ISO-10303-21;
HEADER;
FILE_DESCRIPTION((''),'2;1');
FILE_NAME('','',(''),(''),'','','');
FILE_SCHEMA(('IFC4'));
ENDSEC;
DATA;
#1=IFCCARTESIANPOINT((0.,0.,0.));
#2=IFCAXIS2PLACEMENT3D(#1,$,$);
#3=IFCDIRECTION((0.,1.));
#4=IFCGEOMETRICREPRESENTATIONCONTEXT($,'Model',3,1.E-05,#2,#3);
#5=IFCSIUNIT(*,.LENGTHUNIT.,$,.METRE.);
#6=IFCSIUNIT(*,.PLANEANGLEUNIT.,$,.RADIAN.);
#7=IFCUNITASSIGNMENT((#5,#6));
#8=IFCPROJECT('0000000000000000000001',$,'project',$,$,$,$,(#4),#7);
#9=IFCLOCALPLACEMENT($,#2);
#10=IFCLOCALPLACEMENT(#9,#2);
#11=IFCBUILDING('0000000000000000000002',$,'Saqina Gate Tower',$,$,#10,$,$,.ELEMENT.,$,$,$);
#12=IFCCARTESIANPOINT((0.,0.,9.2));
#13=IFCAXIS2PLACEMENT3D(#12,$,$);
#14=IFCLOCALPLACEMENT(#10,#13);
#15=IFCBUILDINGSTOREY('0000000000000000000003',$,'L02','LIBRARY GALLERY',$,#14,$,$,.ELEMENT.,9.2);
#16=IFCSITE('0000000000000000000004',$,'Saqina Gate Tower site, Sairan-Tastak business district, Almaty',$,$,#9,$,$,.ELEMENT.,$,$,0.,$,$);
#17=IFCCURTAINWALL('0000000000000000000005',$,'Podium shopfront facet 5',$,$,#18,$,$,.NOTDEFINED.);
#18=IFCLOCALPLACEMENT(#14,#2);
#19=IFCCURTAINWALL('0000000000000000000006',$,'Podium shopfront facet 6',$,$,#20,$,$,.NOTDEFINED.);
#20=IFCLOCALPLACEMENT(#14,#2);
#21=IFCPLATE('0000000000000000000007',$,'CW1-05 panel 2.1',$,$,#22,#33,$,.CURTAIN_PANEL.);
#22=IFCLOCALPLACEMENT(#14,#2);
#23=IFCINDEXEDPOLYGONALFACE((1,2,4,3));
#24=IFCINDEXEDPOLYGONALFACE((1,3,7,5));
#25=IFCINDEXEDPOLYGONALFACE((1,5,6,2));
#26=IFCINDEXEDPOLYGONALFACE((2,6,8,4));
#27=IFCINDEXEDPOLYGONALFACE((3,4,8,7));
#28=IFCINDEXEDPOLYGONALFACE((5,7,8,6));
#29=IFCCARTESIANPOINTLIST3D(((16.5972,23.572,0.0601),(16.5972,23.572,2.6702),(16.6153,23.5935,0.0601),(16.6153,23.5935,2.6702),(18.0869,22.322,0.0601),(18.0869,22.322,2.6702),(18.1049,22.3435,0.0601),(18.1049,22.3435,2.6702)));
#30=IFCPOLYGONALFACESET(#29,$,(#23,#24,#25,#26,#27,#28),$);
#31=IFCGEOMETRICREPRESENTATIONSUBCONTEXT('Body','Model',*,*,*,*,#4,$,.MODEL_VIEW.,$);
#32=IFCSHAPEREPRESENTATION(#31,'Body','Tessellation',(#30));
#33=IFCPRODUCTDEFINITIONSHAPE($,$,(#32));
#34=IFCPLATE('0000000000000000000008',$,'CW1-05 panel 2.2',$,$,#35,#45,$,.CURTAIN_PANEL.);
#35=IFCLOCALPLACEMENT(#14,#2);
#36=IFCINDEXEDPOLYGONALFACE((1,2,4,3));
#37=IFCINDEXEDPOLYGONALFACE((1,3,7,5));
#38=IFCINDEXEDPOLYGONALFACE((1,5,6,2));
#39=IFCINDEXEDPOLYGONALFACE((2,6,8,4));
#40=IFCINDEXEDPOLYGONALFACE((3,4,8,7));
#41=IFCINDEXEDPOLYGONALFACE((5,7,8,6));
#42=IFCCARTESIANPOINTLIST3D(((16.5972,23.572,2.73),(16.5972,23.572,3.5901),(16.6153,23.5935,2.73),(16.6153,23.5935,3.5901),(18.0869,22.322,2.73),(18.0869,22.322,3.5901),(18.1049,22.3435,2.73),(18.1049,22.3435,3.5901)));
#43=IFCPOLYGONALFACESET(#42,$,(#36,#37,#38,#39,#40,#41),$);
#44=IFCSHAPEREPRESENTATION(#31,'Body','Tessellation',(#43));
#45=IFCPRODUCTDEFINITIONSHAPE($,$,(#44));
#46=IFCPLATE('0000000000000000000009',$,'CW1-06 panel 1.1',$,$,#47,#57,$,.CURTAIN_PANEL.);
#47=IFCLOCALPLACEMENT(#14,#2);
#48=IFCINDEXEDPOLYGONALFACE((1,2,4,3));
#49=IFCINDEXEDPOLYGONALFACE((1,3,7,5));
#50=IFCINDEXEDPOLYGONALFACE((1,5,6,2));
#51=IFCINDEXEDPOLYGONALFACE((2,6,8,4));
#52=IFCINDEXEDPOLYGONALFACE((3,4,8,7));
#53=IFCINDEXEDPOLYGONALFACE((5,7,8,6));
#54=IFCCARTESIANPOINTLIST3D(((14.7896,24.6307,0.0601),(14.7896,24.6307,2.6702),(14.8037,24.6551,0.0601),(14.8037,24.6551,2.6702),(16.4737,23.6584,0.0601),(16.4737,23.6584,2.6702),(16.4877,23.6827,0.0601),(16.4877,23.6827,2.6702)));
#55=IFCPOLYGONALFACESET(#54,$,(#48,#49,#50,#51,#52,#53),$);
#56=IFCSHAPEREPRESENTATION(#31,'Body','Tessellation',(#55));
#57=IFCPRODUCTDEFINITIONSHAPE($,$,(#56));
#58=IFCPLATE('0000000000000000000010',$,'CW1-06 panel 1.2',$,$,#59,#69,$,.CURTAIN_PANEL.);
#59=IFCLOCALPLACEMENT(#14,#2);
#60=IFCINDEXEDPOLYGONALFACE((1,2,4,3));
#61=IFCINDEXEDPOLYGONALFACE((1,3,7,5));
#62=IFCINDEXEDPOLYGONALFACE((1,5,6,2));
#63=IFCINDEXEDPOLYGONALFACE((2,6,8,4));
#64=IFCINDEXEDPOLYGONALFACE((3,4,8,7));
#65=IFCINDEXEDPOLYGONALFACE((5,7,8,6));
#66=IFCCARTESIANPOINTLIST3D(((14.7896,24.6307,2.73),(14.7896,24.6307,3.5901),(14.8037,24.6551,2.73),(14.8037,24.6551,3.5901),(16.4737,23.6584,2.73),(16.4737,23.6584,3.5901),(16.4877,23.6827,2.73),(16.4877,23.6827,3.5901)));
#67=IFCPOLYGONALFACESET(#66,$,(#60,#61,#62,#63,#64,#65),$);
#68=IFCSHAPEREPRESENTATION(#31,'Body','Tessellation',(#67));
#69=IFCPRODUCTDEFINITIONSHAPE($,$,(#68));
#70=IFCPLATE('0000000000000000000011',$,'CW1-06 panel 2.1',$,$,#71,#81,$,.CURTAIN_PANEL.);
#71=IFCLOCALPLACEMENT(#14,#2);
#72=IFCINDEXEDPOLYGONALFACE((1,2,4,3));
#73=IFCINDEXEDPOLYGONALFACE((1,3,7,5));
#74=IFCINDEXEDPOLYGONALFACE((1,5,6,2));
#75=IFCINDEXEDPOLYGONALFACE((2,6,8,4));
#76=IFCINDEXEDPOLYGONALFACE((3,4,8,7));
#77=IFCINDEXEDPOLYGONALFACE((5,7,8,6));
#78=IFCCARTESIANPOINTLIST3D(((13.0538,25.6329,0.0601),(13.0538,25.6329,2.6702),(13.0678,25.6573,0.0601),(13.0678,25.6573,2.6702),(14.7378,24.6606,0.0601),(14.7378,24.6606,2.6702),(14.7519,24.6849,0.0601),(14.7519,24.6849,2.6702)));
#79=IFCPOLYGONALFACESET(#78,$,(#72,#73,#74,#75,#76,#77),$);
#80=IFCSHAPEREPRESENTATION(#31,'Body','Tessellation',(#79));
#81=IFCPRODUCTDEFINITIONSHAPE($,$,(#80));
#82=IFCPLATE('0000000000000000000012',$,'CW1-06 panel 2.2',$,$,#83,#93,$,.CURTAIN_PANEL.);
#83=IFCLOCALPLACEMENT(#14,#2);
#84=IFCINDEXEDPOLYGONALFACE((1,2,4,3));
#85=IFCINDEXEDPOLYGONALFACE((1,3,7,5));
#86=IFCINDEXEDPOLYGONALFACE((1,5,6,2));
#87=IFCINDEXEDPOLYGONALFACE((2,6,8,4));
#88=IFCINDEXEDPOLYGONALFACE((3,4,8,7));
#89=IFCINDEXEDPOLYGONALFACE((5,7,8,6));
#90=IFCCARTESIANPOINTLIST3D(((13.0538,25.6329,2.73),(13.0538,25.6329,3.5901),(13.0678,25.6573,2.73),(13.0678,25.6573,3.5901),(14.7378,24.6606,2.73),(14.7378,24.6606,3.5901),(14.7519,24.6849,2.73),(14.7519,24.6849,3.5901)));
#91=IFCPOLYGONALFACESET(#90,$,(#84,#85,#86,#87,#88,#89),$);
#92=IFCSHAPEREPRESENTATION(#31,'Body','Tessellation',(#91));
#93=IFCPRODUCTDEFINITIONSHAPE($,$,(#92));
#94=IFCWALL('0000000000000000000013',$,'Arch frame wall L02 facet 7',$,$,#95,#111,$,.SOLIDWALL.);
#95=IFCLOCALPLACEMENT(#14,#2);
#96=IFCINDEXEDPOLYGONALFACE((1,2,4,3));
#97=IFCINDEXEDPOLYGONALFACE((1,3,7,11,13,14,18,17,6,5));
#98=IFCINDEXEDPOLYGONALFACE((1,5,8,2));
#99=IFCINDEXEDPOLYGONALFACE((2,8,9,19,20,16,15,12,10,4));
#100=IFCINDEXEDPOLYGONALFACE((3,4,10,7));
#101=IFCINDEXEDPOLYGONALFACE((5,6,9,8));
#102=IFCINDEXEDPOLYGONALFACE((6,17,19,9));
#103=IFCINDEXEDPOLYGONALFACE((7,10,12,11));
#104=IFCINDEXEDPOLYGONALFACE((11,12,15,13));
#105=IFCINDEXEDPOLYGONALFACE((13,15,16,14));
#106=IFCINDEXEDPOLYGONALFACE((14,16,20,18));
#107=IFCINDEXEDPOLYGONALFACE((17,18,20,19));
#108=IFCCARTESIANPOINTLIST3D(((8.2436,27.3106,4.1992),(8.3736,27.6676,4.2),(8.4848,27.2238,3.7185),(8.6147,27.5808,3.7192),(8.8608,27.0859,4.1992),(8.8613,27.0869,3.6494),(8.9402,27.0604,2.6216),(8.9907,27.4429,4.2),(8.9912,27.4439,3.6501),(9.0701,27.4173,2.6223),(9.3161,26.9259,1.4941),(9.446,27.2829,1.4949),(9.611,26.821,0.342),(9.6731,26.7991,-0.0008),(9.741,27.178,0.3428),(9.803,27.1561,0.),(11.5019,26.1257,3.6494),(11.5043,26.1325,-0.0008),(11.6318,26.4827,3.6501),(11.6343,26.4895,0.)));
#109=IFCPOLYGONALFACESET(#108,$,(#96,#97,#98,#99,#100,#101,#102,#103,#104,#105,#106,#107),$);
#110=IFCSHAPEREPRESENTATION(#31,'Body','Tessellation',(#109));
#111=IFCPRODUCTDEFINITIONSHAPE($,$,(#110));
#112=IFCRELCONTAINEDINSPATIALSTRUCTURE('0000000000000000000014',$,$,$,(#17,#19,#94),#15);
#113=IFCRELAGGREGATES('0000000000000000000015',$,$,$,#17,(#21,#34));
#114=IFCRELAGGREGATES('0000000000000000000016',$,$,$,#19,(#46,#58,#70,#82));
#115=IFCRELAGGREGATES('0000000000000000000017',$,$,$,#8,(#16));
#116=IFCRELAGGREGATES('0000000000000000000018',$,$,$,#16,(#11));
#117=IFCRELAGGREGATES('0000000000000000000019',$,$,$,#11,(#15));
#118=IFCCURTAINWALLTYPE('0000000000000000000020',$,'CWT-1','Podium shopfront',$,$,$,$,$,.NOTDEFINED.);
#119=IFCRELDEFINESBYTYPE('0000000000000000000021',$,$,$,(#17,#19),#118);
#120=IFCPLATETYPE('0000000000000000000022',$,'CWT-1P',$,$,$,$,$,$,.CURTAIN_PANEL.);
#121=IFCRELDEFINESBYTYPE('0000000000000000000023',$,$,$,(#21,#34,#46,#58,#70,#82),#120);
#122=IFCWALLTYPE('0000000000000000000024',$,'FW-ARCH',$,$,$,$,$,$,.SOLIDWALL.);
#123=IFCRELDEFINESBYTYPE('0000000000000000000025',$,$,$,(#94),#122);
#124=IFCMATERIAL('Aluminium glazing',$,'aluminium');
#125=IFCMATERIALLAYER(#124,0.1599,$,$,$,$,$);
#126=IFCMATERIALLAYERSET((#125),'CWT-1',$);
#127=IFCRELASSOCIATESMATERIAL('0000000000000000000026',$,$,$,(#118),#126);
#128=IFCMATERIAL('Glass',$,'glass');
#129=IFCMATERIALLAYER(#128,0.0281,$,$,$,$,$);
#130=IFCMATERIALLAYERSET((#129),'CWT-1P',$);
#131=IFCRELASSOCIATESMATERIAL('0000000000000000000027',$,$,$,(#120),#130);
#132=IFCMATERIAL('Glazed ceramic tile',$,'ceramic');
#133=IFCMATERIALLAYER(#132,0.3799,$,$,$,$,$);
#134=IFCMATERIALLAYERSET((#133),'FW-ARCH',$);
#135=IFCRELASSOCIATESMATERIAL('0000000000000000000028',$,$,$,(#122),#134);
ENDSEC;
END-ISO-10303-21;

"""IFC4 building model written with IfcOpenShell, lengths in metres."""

from ifc_helpers import new_model, si_unit, direction, frame, origin, origin_2d, place, context, subcontext, project, spatial, polyline, rectangle, outline, extrude, material, layer, layer_set, type_object, element, aggregate, save


model = new_model("IFC4")

# Units and contexts
model_context = context("Model", 3, precision=1e-05, world=origin(), true_north=direction((0.0, 1.0)))
body_context = subcontext(model_context, "Body", "Model", "MODEL_VIEW")
ifc_project = project(units=[si_unit("LENGTHUNIT", "METRE"), si_unit("PLANEANGLEUNIT", "RADIAN")], contexts=[model_context])

# Site, building, storey
site_placement = place(None, origin())
site = spatial("IfcSite", under=ifc_project, at=site_placement, Name="Saqina Gate Tower site, Sairan-Tastak business district, Almaty", CompositionType="ELEMENT", RefElevation=0.0)
building_placement = place(site_placement, origin())
building = spatial("IfcBuilding", under=site, at=building_placement, Name="Saqina Gate Tower", CompositionType="ELEMENT")
storey_placement = place(building_placement, frame((0.0, 0.0, 9.2)))
storey = spatial("IfcBuildingStorey", under=building, at=storey_placement, Name="L02", Description="LIBRARY GALLERY", CompositionType="ELEMENT", Elevation=9.2)

# Curtain wall
ifc_material_1 = material(Name="Aluminium glazing", Category="aluminium")
ifc_layer_1 = layer(ifc_material_1, 0.1599)
ifc_layer_set_1 = layer_set([ifc_layer_1], Name="CWT-1")
curtain_wall_type = type_object("IfcCurtainWallType", Name="CWT-1", Description="Podium shopfront", PredefinedType="NOTDEFINED", material=ifc_layer_set_1)
curtain_wall_1_placement = place(storey_placement, origin())
curtain_wall_1 = element("IfcCurtainWall", 1, at=curtain_wall_1_placement, inside=storey, type_object=curtain_wall_type, Name="Podium shopfront facet 5", PredefinedType="NOTDEFINED")

# Curtain wall
curtain_wall_2_placement = place(storey_placement, origin())
curtain_wall_2 = element("IfcCurtainWall", 2, at=curtain_wall_2_placement, inside=storey, type_object=curtain_wall_type, Name="Podium shopfront facet 6", PredefinedType="NOTDEFINED")

# Plates
ifc_material_2 = material(Name="Glass", Category="glass")
ifc_layer_2 = layer(ifc_material_2, 0.0281)
ifc_layer_set_2 = layer_set([ifc_layer_2], Name="CWT-1P")
plate_type = type_object("IfcPlateType", Name="CWT-1P", PredefinedType="CURTAIN_PANEL", material=ifc_layer_set_2)
plate_1_placement = place(storey_placement, frame((17.3511, 22.9578, 0.0601), z_axis=(0.0, 0.0, 1.0), x_axis=(-0.766051, 0.642779, 0.0)))
plate_1 = element("IfcPlate", 3, at=plate_1_placement, type_object=plate_type, Name="CW1-05 panel 2.1", PredefinedType="CURTAIN_PANEL", context=body_context, shape_type="SweptSolid", body=[
    extrude(rectangle(XDim=1.9446, YDim=0.0281, at=origin_2d()), origin(), (0.0, 0.0, 1.0), 2.6101),
])
plate_2_placement = place(storey_placement, frame((17.3511, 22.9578, 2.73), z_axis=(0.0, 0.0, 1.0), x_axis=(-0.766051, 0.642779, 0.0)))
plate_2 = element("IfcPlate", 4, at=plate_2_placement, type_object=plate_type, Name="CW1-05 panel 2.2", PredefinedType="CURTAIN_PANEL", context=body_context, shape_type="SweptSolid", body=[
    extrude(rectangle(XDim=1.9446, YDim=0.0281, at=origin_2d()), origin(), (0.0, 0.0, 1.0), 0.8601),
])
aggregate(curtain_wall_1, [plate_1, plate_2])
plate_3_placement = place(storey_placement, frame((15.6387, 24.1567, 0.0601), z_axis=(0.0, 0.0, 1.0), x_axis=(-0.866017, 0.500014, 0.0)))
plate_3 = element("IfcPlate", 5, at=plate_3_placement, type_object=plate_type, Name="CW1-06 panel 1.1", PredefinedType="CURTAIN_PANEL", context=body_context, shape_type="SweptSolid", body=[
    extrude(rectangle(XDim=1.9446, YDim=0.0281, at=origin_2d()), origin(), (0.0, 0.0, 1.0), 2.6101),
])
plate_4_placement = place(storey_placement, frame((15.6387, 24.1567, 2.73), z_axis=(0.0, 0.0, 1.0), x_axis=(-0.866017, 0.500014, 0.0)))
plate_4 = element("IfcPlate", 6, at=plate_4_placement, type_object=plate_type, Name="CW1-06 panel 1.2", PredefinedType="CURTAIN_PANEL", context=body_context, shape_type="SweptSolid", body=[
    extrude(rectangle(XDim=1.9446, YDim=0.0281, at=origin_2d()), origin(), (0.0, 0.0, 1.0), 0.8601),
])
plate_5_placement = place(storey_placement, frame((13.9028, 25.1589, 0.0601), z_axis=(0.0, 0.0, 1.0), x_axis=(-0.866017, 0.500014, 0.0)))
plate_5 = element("IfcPlate", 7, at=plate_5_placement, type_object=plate_type, Name="CW1-06 panel 2.1", PredefinedType="CURTAIN_PANEL", context=body_context, shape_type="SweptSolid", body=[
    extrude(rectangle(XDim=1.9446, YDim=0.0281, at=origin_2d()), origin(), (0.0, 0.0, 1.0), 2.6101),
])
plate_6_placement = place(storey_placement, frame((13.9028, 25.1589, 2.73), z_axis=(0.0, 0.0, 1.0), x_axis=(-0.866017, 0.500014, 0.0)))
plate_6 = element("IfcPlate", 8, at=plate_6_placement, type_object=plate_type, Name="CW1-06 panel 2.2", PredefinedType="CURTAIN_PANEL", context=body_context, shape_type="SweptSolid", body=[
    extrude(rectangle(XDim=1.9446, YDim=0.0281, at=origin_2d()), origin(), (0.0, 0.0, 1.0), 0.8601),
])
aggregate(curtain_wall_2, [plate_3, plate_4, plate_5, plate_6])

# Wall
ifc_material_3 = material(Name="Glazed ceramic tile", Category="ceramic")
ifc_layer_3 = layer(ifc_material_3, 0.3799)
ifc_layer_set_3 = layer_set([ifc_layer_3], Name="FW-ARCH")
wall_type = type_object("IfcWallType", Name="FW-ARCH", PredefinedType="SOLIDWALL", material=ifc_layer_set_3)
wall_placement = place(storey_placement, frame((11.6343, 26.4895, 0.0), z_axis=(0.342052, 0.939679, 0.001984), x_axis=(-0.000667, -0.001869, 0.999998)))
element("IfcWall", 9, at=wall_placement, inside=storey, type_object=wall_type, Name="Arch frame wall L02 facet 7", PredefinedType="SOLIDWALL", context=body_context, shape_type="SweptSolid", body=[
    extrude(outline(polyline([(0.0, 0.0), (3.6502, 0.0), (3.6501, -2.8101), (4.1999, -2.8103), (4.1999, -3.467), (3.7192, -3.2107), (2.6223, -2.7269), (1.4948, -2.3277), (0.3427, -2.0146), (0.0, -1.9488), (0.0, 0.0)])), origin(), (0.0, 0.0, -1.0), 0.3799),
])

save(model, "model.ifc")
